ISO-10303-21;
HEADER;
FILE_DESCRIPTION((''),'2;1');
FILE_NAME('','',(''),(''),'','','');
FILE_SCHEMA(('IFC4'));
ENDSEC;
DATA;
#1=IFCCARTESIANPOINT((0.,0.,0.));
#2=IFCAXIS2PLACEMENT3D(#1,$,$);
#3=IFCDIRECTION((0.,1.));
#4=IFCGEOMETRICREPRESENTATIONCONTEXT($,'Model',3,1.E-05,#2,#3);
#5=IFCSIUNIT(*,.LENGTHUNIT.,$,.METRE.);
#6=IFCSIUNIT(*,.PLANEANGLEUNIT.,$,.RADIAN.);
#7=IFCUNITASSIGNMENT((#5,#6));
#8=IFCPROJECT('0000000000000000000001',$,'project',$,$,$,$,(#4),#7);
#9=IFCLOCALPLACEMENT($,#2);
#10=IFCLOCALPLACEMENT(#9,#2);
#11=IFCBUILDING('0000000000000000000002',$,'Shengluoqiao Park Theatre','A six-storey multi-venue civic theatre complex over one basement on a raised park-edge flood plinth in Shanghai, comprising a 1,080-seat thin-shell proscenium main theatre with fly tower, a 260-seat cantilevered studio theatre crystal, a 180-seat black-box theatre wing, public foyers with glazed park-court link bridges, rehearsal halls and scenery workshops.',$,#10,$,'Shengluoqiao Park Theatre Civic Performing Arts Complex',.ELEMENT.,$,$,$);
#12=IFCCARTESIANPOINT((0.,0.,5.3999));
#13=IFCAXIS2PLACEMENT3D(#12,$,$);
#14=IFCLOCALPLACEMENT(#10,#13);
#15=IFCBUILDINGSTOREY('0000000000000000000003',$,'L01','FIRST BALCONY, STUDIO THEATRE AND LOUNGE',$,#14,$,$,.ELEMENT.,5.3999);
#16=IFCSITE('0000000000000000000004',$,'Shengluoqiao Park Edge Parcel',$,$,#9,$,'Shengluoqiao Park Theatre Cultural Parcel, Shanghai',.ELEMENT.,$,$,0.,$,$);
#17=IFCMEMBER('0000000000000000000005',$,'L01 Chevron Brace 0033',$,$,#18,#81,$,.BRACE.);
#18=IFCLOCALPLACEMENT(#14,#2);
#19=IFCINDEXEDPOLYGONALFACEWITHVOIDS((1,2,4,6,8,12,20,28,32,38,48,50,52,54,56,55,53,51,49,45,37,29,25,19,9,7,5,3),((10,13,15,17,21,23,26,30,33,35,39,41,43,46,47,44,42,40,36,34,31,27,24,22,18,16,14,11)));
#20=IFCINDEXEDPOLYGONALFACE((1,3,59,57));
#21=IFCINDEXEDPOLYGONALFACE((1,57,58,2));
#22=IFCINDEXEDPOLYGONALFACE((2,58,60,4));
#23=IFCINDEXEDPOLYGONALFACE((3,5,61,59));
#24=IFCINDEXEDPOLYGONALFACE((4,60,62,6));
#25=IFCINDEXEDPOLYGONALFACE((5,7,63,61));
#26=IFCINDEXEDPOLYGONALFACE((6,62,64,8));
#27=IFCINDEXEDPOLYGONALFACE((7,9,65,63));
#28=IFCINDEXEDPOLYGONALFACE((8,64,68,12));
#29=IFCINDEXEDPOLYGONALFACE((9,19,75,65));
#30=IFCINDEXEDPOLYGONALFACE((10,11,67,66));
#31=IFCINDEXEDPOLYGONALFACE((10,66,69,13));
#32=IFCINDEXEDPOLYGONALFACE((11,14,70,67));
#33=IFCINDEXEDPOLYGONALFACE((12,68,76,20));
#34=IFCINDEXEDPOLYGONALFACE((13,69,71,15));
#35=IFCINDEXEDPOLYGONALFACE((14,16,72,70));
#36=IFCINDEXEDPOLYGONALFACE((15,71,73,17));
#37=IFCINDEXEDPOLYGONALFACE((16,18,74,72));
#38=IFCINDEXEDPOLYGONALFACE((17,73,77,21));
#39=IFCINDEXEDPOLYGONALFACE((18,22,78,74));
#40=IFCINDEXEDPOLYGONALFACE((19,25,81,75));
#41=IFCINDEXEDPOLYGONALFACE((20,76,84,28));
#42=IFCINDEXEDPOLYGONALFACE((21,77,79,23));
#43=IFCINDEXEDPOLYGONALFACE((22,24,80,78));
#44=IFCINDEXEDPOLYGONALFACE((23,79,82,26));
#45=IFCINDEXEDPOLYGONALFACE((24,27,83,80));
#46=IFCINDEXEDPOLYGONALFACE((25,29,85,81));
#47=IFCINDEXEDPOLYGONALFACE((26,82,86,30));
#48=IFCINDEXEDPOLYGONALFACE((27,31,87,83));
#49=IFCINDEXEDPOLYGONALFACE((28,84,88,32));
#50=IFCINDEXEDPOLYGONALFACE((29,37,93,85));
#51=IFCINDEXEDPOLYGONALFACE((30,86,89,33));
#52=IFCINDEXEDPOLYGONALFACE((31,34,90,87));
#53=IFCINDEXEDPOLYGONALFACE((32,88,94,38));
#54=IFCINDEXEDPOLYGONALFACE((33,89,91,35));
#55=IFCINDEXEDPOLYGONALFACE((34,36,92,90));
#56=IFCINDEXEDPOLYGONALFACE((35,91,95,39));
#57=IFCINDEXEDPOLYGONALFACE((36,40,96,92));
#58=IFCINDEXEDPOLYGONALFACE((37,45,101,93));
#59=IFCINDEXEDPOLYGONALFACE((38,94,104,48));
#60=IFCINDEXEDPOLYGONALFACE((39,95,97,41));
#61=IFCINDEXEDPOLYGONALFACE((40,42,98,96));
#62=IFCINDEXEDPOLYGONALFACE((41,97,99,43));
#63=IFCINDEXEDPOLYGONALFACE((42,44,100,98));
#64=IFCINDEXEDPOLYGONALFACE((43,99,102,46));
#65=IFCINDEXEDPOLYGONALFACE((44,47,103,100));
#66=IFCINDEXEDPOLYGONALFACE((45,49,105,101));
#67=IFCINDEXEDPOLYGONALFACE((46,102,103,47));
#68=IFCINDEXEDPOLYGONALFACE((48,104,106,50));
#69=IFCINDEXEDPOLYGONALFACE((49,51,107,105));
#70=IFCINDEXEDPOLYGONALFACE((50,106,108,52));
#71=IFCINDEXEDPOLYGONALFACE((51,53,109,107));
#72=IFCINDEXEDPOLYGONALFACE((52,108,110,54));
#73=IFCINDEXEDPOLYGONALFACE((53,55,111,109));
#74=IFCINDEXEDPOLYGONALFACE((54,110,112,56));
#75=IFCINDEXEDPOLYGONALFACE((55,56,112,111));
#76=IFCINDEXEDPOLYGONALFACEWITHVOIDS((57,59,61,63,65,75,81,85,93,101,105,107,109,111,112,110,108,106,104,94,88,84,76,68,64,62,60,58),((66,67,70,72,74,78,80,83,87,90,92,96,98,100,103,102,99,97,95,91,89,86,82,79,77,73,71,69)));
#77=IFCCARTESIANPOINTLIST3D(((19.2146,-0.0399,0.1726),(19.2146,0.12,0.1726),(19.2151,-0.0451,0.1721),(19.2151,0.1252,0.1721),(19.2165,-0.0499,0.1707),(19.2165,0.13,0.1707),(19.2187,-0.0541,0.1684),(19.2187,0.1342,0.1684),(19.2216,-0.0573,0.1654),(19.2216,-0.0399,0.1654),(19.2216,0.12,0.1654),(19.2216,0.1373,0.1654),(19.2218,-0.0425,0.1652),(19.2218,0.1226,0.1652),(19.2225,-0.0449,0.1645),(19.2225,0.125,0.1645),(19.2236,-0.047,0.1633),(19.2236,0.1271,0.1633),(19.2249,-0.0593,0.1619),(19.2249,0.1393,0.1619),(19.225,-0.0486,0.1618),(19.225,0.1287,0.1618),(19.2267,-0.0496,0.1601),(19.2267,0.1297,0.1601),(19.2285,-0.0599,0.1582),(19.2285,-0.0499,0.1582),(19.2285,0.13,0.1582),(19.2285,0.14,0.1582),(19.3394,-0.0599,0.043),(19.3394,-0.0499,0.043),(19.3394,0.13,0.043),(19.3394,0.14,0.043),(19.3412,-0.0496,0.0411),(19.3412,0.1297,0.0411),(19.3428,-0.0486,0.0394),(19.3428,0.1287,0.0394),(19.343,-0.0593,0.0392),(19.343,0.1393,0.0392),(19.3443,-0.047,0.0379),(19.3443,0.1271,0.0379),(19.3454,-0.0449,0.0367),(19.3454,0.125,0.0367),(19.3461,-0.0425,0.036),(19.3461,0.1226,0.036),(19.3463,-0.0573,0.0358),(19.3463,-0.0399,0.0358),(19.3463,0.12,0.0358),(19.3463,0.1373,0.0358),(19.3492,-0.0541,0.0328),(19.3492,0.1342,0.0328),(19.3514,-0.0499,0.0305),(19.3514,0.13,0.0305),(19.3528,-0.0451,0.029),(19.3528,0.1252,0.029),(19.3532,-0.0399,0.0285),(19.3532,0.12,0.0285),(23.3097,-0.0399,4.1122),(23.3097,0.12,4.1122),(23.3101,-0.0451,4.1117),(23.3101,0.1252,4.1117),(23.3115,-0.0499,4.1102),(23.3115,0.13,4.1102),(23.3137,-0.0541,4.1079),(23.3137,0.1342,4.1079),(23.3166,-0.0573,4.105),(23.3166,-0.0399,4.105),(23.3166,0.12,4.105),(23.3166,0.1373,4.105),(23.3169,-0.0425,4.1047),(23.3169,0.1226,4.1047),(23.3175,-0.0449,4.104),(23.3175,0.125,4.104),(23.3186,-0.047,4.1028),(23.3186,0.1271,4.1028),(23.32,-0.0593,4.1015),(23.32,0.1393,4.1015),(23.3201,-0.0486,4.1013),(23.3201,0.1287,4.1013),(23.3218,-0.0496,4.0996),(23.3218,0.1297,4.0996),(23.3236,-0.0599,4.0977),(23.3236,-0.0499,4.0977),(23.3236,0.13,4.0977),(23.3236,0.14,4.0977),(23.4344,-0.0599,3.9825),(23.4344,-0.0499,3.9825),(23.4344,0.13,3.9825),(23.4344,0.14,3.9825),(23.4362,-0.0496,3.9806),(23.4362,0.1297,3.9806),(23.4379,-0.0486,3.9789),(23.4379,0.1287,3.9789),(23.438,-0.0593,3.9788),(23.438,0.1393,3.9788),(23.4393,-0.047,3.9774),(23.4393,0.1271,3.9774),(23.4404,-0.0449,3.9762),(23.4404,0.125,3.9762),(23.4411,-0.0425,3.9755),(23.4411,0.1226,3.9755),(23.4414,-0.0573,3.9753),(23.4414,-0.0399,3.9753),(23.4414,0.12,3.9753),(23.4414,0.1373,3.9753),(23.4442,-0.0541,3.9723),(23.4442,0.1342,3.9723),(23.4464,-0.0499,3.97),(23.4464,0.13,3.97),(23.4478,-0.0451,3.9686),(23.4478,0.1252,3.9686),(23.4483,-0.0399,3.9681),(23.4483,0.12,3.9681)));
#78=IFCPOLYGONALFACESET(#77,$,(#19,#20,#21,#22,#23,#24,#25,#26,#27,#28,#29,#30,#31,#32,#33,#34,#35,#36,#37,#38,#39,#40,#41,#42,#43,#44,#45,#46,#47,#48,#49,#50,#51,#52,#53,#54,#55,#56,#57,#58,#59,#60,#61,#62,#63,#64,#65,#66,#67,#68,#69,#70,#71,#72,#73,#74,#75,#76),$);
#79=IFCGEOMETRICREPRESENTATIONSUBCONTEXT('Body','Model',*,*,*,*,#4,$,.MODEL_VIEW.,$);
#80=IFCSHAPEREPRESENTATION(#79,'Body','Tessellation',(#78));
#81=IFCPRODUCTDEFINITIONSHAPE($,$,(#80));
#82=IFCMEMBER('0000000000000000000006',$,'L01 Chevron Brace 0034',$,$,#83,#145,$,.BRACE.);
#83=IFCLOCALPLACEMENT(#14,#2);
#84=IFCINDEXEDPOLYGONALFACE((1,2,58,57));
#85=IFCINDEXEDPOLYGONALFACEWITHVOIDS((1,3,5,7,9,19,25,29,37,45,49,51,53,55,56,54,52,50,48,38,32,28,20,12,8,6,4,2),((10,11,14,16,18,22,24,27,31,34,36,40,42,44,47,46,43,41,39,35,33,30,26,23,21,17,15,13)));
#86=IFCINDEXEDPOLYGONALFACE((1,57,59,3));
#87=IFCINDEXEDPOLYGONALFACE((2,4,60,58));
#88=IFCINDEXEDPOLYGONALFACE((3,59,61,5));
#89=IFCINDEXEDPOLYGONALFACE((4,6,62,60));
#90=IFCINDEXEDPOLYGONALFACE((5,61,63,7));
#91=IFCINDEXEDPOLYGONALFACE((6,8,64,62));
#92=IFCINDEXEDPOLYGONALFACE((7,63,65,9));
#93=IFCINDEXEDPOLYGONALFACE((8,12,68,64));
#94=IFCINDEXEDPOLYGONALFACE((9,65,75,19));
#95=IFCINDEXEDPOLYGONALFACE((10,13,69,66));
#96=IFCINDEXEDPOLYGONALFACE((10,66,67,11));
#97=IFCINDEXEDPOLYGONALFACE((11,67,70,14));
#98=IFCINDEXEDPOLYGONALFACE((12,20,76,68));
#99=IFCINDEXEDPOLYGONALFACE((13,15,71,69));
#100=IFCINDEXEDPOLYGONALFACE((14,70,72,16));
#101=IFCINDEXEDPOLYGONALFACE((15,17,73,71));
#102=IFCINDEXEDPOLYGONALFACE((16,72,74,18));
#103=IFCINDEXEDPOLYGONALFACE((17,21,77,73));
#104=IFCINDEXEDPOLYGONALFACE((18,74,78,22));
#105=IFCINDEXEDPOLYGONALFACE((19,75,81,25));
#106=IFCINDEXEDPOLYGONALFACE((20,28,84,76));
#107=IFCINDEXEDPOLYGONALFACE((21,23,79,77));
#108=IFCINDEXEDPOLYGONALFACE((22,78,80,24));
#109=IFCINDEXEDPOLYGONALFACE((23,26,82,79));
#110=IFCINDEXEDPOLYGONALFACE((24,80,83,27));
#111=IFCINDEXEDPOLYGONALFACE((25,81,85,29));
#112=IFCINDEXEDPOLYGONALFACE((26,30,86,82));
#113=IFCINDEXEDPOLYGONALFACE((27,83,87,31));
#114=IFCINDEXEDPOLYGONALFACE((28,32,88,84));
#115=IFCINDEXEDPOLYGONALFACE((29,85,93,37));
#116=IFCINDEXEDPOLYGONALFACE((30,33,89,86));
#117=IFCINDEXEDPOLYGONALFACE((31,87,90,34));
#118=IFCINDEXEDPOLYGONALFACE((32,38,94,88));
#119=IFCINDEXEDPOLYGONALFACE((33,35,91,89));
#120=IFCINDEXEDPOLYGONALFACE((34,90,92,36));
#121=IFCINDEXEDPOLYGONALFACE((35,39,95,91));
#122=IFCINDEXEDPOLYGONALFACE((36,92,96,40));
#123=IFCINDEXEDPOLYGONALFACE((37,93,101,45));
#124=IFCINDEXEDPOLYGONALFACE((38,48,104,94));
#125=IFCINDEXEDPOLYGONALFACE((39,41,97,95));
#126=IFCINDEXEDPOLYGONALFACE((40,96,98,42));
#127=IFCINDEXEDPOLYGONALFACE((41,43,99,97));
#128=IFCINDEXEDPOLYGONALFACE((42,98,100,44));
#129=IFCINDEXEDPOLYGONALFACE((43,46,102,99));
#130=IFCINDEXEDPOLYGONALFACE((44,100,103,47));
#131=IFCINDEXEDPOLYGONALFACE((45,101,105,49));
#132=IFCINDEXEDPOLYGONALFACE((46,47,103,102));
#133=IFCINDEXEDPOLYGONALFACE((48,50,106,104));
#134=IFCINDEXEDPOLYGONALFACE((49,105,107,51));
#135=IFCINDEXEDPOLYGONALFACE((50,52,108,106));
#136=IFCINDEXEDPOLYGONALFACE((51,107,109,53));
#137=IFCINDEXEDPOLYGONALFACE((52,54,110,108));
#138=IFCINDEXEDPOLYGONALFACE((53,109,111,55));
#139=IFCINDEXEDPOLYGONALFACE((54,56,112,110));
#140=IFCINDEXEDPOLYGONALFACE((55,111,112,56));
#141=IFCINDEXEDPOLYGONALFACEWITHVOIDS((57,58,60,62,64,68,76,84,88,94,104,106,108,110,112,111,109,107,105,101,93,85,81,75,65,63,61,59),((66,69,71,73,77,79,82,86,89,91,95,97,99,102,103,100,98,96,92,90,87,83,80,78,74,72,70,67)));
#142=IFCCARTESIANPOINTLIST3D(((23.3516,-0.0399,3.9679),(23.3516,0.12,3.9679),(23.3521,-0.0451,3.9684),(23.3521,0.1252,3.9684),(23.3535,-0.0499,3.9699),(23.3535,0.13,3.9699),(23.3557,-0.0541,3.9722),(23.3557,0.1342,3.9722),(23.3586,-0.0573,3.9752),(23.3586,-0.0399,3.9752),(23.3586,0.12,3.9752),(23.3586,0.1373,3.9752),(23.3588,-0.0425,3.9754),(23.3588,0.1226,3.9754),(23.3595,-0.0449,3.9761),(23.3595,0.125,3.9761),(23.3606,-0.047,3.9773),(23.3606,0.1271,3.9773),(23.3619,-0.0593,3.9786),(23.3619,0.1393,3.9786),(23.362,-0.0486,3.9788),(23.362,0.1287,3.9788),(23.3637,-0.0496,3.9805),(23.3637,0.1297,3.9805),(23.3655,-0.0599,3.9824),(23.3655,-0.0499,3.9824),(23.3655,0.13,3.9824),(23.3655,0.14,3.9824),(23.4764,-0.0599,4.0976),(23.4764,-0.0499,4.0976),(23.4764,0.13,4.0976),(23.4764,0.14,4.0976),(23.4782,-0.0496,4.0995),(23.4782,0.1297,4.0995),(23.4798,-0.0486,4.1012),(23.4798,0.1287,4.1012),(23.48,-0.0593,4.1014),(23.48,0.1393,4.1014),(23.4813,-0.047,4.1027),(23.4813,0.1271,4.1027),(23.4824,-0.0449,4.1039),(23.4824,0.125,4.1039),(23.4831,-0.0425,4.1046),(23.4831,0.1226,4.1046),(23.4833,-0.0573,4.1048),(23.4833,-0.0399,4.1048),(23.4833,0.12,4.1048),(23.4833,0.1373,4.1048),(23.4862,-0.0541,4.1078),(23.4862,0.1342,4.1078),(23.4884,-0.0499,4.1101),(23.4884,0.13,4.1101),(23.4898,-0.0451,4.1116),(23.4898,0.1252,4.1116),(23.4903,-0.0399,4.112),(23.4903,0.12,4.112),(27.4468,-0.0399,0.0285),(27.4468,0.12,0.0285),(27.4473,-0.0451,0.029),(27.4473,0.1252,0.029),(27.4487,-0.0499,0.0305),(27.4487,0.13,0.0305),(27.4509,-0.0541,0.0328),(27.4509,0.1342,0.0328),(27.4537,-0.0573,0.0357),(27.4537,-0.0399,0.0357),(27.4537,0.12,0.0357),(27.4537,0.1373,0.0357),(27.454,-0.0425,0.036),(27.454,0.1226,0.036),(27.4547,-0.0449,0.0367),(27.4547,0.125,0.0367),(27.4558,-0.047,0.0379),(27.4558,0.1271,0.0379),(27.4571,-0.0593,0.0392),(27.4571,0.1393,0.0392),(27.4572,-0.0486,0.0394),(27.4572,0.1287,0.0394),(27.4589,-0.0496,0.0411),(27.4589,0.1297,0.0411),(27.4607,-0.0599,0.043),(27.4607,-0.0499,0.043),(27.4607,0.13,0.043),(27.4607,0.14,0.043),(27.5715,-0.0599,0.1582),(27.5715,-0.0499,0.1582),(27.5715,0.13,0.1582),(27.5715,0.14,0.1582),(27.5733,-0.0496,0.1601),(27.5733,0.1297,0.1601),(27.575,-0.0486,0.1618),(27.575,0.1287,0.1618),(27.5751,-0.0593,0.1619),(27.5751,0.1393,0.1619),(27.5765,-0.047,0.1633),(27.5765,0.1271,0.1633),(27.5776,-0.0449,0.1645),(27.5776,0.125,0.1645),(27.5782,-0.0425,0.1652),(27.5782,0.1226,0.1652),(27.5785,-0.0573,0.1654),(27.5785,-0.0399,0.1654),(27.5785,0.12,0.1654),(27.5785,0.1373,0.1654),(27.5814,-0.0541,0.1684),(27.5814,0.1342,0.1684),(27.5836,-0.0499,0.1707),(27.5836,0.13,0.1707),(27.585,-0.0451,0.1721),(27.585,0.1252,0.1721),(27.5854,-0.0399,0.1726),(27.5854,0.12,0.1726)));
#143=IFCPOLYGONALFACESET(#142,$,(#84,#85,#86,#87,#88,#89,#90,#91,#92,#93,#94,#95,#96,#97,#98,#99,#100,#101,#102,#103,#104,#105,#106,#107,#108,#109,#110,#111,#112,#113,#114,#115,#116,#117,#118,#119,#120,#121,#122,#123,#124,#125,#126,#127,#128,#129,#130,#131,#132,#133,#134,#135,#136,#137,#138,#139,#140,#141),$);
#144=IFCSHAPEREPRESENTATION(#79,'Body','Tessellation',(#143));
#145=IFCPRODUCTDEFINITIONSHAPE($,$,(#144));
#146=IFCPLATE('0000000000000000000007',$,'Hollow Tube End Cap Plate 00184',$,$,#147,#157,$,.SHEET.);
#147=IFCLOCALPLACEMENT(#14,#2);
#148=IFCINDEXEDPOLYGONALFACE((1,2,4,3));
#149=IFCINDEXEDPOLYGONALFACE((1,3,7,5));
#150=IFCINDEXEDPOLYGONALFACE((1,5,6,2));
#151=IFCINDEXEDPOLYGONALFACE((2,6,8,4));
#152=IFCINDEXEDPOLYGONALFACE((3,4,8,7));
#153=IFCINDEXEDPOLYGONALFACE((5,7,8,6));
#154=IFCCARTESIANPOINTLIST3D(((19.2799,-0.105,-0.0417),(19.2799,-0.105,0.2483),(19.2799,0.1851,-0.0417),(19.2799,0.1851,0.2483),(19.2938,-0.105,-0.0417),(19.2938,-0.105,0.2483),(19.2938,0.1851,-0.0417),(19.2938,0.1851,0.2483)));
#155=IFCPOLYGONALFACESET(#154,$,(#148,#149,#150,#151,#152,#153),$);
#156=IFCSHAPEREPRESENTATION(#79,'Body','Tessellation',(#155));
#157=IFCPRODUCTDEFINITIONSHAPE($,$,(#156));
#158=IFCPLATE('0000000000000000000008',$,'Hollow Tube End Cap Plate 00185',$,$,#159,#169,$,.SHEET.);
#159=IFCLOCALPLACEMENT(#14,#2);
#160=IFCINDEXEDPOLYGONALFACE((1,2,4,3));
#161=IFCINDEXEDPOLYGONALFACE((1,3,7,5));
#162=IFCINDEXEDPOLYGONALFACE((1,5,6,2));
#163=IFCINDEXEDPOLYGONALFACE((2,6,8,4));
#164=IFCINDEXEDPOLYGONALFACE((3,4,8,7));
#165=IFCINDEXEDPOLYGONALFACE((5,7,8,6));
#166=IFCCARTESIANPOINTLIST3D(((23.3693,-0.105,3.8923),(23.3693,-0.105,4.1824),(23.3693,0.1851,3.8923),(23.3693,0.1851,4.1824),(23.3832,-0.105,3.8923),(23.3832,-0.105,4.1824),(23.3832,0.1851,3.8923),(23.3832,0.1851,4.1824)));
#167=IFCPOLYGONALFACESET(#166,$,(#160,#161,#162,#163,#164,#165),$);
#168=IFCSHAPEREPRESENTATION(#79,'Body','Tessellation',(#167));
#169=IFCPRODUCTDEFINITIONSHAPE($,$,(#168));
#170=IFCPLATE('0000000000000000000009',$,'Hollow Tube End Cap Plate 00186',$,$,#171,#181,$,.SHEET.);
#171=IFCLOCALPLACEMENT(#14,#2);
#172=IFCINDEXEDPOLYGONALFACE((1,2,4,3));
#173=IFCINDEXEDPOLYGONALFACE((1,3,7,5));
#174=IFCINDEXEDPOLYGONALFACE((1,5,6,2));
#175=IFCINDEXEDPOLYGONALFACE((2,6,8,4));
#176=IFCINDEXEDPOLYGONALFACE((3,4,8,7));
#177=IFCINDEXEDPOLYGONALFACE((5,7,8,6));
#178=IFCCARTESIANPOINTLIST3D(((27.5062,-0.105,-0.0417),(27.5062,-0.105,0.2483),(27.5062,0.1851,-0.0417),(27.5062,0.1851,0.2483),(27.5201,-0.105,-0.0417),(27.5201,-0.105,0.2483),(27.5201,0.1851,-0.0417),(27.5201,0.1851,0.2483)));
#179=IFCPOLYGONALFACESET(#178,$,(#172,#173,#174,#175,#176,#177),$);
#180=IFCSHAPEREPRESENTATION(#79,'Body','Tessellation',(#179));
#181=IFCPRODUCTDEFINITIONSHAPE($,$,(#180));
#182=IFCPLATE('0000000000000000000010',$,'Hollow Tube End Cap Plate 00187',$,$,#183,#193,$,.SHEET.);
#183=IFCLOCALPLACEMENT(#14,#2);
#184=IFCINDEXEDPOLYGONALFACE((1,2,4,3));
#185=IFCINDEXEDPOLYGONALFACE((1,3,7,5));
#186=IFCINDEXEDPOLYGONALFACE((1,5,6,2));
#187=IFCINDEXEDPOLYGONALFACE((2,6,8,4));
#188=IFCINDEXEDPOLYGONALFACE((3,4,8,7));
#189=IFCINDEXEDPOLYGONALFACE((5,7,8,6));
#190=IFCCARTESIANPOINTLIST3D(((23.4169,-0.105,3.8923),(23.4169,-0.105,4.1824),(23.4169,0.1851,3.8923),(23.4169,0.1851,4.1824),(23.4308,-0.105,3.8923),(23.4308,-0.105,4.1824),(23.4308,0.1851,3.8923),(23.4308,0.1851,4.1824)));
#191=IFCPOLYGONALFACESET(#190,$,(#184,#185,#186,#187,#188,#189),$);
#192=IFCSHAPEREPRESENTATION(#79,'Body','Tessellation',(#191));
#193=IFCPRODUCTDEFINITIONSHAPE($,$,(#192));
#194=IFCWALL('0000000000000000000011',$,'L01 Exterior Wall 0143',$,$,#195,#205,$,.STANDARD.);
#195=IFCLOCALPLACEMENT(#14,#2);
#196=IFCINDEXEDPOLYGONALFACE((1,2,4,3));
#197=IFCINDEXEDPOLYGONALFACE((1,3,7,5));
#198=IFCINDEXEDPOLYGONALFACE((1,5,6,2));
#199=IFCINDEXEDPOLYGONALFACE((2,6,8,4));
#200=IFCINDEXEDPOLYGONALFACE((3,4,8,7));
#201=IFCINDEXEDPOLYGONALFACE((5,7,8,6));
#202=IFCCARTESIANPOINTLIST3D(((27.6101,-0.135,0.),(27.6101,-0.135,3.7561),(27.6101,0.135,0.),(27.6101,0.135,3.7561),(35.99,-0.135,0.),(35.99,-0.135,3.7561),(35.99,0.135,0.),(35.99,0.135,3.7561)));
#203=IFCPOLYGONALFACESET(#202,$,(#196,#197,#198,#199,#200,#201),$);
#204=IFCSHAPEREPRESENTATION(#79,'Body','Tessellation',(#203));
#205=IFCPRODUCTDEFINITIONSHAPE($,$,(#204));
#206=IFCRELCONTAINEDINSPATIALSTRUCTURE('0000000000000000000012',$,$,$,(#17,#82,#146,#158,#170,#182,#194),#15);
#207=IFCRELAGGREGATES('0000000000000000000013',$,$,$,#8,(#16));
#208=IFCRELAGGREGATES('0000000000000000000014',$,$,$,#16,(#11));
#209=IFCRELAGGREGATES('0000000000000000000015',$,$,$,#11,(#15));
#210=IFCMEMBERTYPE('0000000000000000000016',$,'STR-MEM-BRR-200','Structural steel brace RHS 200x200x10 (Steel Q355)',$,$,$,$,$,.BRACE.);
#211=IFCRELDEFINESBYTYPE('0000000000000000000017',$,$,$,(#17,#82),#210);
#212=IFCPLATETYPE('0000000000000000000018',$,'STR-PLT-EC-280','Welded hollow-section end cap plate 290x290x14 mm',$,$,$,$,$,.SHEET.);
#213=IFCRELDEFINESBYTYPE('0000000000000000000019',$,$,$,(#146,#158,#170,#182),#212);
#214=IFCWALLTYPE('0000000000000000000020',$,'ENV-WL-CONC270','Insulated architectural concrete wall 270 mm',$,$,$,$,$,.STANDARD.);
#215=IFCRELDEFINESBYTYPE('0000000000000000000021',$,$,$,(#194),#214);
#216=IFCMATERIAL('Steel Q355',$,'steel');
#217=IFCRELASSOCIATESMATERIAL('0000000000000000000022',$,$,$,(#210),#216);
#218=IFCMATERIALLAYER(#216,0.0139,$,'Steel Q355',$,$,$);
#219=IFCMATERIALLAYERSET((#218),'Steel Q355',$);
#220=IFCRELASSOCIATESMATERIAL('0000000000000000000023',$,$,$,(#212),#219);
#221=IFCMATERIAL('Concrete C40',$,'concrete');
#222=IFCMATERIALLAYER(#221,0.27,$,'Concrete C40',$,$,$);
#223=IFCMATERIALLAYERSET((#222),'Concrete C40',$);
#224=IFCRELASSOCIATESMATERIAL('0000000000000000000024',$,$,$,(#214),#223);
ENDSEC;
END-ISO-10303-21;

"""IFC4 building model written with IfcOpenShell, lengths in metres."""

from ifc_helpers import new_model, si_unit, direction, frame, frame_2d, origin, origin_2d, place, context, subcontext, project, spatial, rectangle, hollow_rectangle, extrude, material, layer, layer_set, material_profile, profile_set, type_object, element, save


model = new_model("IFC4")

# Units and contexts
model_context = context("Model", 3, precision=1e-05, world=origin(), true_north=direction((0.0, 1.0)))
body_context = subcontext(model_context, "Body", "Model", "MODEL_VIEW")
ifc_project = project(units=[si_unit("LENGTHUNIT", "METRE"), si_unit("PLANEANGLEUNIT", "RADIAN")], contexts=[model_context])

# Site, building, storey
site_placement = place(None, origin())
site = spatial("IfcSite", under=ifc_project, at=site_placement, Name="Shengluoqiao Park Edge Parcel", LongName="Shengluoqiao Park Theatre Cultural Parcel, Shanghai", CompositionType="ELEMENT", RefElevation=0.0)
building_placement = place(site_placement, origin())
building = spatial("IfcBuilding", under=site, at=building_placement, Name="Shengluoqiao Park Theatre", Description="A six-storey multi-venue civic theatre complex over one basement on a raised park-edge flood plinth in Shanghai, comprising a 1,080-seat thin-shell proscenium main theatre with fly tower, a 260-seat cantilevered studio theatre crystal, a 180-seat black-box theatre wing, public foyers with glazed park-court link bridges, rehearsal halls and scenery workshops.", LongName="Shengluoqiao Park Theatre Civic Performing Arts Complex", CompositionType="ELEMENT")
storey_placement = place(building_placement, frame((0.0, 0.0, 5.3999)))
storey = spatial("IfcBuildingStorey", under=building, at=storey_placement, Name="L01", Description="FIRST BALCONY, STUDIO THEATRE AND LOUNGE", CompositionType="ELEMENT", Elevation=5.3999)

# Shared definitions
ifc_material_1 = material(Name="Steel Q355", Category="steel")

# Members
ifc_material_profile_1 = material_profile(ifc_material_1, hollow_rectangle(XDim=0.2, YDim=0.2, WallThickness=0.01, InnerFilletRadius=0.01, OuterFilletRadius=0.02, at=origin_2d()), Name="RHS 200x200x10")
ifc_profile_set_1 = profile_set([ifc_material_profile_1], Name="Steel Q355")
member_type = type_object("IfcMemberType", Name="STR-MEM-BRR-200", Description="Structural steel brace RHS 200x200x10 (Steel Q355)", PredefinedType="BRACE", material=ifc_profile_set_1)
for number, where, z_axis, x_axis, name in (
    (1, (19.2839, 0.04, 0.1006), (0.720659, 0.0, 0.69329), (0.0, 1.0, 0.0), "L01 Chevron Brace 0033"),
    (2, (27.5161, 0.04, 0.1006), (-0.720679, 0.0, 0.693268), (0.0, -1.0, 0.0), "L01 Chevron Brace 0034"),
):
    element("IfcMember", number, at=place(storey_placement, frame(where, z_axis=z_axis, x_axis=x_axis)), inside=storey, type_object=member_type, Name=name, PredefinedType="BRACE", context=body_context, shape_type="SweptSolid", body=[
        extrude(hollow_rectangle(XDim=0.2, YDim=0.2, WallThickness=0.01, InnerFilletRadius=0.01, OuterFilletRadius=0.02, at=origin_2d()), origin(), (0.0, 0.0, 1.0), 5.6824),
    ])

# Plates
ifc_layer_1 = layer(ifc_material_1, 0.0139, Name="Steel Q355")
ifc_layer_set_1 = layer_set([ifc_layer_1], Name="Steel Q355")
plate_type = type_object("IfcPlateType", Name="STR-PLT-EC-280", Description="Welded hollow-section end cap plate 290x290x14 mm", PredefinedType="SHEET", material=ifc_layer_set_1)
for number, where, z_axis, x_axis, name in (
    (3, (19.2869, 0.04, -0.0417), (0.0, 0.0, 1.0), (1.0, 0.0, 0.0), "Hollow Tube End Cap Plate 00184"),
    (4, (23.3762, 0.04, 3.8923), (0.0, 0.0, 1.0), (1.0, 0.0, 0.0), "Hollow Tube End Cap Plate 00185"),
    (5, (27.5132, 0.04, -0.0417), (0.0, 0.0, 1.0), (-1.0, 0.0, 0.0), "Hollow Tube End Cap Plate 00186"),
    (6, (23.4238, 0.04, 3.8923), (0.0, 0.0, 1.0), (-1.0, 0.0, 0.0), "Hollow Tube End Cap Plate 00187"),
):
    element("IfcPlate", number, at=place(storey_placement, frame(where, z_axis=z_axis, x_axis=x_axis)), inside=storey, type_object=plate_type, Name=name, PredefinedType="SHEET", context=body_context, shape_type="SweptSolid", body=[
        extrude(rectangle(XDim=0.0139, YDim=0.29, at=origin_2d()), origin(), (0.0, 0.0, 1.0), 0.29),
    ])

# Wall
ifc_material_2 = material(Name="Concrete C40", Category="concrete")
ifc_layer_2 = layer(ifc_material_2, 0.27, Name="Concrete C40")
ifc_layer_set_2 = layer_set([ifc_layer_2], Name="Concrete C40")
wall_type_1 = type_object("IfcWallType", Name="ENV-WL-CONC270", Description="Insulated architectural concrete wall 270 mm", PredefinedType="STANDARD", material=ifc_layer_set_2)
wall_1_placement = place(storey_placement, frame((27.6101, 0.0, 0.0), z_axis=(0.0, 0.0, 1.0), x_axis=(1.0, 0.0, 0.0)))
element("IfcWall", 7, at=wall_1_placement, inside=storey, type_object=wall_type_1, Name="L01 Exterior Wall 0143", PredefinedType="STANDARD", context=body_context, shape_type="SweptSolid", body=[
    extrude(rectangle(XDim=8.3799, YDim=0.27, at=frame_2d((4.1899, 0.0))), origin(), (0.0, 0.0, 1.0), 3.7561),
])

save(model, "model.ifc")
